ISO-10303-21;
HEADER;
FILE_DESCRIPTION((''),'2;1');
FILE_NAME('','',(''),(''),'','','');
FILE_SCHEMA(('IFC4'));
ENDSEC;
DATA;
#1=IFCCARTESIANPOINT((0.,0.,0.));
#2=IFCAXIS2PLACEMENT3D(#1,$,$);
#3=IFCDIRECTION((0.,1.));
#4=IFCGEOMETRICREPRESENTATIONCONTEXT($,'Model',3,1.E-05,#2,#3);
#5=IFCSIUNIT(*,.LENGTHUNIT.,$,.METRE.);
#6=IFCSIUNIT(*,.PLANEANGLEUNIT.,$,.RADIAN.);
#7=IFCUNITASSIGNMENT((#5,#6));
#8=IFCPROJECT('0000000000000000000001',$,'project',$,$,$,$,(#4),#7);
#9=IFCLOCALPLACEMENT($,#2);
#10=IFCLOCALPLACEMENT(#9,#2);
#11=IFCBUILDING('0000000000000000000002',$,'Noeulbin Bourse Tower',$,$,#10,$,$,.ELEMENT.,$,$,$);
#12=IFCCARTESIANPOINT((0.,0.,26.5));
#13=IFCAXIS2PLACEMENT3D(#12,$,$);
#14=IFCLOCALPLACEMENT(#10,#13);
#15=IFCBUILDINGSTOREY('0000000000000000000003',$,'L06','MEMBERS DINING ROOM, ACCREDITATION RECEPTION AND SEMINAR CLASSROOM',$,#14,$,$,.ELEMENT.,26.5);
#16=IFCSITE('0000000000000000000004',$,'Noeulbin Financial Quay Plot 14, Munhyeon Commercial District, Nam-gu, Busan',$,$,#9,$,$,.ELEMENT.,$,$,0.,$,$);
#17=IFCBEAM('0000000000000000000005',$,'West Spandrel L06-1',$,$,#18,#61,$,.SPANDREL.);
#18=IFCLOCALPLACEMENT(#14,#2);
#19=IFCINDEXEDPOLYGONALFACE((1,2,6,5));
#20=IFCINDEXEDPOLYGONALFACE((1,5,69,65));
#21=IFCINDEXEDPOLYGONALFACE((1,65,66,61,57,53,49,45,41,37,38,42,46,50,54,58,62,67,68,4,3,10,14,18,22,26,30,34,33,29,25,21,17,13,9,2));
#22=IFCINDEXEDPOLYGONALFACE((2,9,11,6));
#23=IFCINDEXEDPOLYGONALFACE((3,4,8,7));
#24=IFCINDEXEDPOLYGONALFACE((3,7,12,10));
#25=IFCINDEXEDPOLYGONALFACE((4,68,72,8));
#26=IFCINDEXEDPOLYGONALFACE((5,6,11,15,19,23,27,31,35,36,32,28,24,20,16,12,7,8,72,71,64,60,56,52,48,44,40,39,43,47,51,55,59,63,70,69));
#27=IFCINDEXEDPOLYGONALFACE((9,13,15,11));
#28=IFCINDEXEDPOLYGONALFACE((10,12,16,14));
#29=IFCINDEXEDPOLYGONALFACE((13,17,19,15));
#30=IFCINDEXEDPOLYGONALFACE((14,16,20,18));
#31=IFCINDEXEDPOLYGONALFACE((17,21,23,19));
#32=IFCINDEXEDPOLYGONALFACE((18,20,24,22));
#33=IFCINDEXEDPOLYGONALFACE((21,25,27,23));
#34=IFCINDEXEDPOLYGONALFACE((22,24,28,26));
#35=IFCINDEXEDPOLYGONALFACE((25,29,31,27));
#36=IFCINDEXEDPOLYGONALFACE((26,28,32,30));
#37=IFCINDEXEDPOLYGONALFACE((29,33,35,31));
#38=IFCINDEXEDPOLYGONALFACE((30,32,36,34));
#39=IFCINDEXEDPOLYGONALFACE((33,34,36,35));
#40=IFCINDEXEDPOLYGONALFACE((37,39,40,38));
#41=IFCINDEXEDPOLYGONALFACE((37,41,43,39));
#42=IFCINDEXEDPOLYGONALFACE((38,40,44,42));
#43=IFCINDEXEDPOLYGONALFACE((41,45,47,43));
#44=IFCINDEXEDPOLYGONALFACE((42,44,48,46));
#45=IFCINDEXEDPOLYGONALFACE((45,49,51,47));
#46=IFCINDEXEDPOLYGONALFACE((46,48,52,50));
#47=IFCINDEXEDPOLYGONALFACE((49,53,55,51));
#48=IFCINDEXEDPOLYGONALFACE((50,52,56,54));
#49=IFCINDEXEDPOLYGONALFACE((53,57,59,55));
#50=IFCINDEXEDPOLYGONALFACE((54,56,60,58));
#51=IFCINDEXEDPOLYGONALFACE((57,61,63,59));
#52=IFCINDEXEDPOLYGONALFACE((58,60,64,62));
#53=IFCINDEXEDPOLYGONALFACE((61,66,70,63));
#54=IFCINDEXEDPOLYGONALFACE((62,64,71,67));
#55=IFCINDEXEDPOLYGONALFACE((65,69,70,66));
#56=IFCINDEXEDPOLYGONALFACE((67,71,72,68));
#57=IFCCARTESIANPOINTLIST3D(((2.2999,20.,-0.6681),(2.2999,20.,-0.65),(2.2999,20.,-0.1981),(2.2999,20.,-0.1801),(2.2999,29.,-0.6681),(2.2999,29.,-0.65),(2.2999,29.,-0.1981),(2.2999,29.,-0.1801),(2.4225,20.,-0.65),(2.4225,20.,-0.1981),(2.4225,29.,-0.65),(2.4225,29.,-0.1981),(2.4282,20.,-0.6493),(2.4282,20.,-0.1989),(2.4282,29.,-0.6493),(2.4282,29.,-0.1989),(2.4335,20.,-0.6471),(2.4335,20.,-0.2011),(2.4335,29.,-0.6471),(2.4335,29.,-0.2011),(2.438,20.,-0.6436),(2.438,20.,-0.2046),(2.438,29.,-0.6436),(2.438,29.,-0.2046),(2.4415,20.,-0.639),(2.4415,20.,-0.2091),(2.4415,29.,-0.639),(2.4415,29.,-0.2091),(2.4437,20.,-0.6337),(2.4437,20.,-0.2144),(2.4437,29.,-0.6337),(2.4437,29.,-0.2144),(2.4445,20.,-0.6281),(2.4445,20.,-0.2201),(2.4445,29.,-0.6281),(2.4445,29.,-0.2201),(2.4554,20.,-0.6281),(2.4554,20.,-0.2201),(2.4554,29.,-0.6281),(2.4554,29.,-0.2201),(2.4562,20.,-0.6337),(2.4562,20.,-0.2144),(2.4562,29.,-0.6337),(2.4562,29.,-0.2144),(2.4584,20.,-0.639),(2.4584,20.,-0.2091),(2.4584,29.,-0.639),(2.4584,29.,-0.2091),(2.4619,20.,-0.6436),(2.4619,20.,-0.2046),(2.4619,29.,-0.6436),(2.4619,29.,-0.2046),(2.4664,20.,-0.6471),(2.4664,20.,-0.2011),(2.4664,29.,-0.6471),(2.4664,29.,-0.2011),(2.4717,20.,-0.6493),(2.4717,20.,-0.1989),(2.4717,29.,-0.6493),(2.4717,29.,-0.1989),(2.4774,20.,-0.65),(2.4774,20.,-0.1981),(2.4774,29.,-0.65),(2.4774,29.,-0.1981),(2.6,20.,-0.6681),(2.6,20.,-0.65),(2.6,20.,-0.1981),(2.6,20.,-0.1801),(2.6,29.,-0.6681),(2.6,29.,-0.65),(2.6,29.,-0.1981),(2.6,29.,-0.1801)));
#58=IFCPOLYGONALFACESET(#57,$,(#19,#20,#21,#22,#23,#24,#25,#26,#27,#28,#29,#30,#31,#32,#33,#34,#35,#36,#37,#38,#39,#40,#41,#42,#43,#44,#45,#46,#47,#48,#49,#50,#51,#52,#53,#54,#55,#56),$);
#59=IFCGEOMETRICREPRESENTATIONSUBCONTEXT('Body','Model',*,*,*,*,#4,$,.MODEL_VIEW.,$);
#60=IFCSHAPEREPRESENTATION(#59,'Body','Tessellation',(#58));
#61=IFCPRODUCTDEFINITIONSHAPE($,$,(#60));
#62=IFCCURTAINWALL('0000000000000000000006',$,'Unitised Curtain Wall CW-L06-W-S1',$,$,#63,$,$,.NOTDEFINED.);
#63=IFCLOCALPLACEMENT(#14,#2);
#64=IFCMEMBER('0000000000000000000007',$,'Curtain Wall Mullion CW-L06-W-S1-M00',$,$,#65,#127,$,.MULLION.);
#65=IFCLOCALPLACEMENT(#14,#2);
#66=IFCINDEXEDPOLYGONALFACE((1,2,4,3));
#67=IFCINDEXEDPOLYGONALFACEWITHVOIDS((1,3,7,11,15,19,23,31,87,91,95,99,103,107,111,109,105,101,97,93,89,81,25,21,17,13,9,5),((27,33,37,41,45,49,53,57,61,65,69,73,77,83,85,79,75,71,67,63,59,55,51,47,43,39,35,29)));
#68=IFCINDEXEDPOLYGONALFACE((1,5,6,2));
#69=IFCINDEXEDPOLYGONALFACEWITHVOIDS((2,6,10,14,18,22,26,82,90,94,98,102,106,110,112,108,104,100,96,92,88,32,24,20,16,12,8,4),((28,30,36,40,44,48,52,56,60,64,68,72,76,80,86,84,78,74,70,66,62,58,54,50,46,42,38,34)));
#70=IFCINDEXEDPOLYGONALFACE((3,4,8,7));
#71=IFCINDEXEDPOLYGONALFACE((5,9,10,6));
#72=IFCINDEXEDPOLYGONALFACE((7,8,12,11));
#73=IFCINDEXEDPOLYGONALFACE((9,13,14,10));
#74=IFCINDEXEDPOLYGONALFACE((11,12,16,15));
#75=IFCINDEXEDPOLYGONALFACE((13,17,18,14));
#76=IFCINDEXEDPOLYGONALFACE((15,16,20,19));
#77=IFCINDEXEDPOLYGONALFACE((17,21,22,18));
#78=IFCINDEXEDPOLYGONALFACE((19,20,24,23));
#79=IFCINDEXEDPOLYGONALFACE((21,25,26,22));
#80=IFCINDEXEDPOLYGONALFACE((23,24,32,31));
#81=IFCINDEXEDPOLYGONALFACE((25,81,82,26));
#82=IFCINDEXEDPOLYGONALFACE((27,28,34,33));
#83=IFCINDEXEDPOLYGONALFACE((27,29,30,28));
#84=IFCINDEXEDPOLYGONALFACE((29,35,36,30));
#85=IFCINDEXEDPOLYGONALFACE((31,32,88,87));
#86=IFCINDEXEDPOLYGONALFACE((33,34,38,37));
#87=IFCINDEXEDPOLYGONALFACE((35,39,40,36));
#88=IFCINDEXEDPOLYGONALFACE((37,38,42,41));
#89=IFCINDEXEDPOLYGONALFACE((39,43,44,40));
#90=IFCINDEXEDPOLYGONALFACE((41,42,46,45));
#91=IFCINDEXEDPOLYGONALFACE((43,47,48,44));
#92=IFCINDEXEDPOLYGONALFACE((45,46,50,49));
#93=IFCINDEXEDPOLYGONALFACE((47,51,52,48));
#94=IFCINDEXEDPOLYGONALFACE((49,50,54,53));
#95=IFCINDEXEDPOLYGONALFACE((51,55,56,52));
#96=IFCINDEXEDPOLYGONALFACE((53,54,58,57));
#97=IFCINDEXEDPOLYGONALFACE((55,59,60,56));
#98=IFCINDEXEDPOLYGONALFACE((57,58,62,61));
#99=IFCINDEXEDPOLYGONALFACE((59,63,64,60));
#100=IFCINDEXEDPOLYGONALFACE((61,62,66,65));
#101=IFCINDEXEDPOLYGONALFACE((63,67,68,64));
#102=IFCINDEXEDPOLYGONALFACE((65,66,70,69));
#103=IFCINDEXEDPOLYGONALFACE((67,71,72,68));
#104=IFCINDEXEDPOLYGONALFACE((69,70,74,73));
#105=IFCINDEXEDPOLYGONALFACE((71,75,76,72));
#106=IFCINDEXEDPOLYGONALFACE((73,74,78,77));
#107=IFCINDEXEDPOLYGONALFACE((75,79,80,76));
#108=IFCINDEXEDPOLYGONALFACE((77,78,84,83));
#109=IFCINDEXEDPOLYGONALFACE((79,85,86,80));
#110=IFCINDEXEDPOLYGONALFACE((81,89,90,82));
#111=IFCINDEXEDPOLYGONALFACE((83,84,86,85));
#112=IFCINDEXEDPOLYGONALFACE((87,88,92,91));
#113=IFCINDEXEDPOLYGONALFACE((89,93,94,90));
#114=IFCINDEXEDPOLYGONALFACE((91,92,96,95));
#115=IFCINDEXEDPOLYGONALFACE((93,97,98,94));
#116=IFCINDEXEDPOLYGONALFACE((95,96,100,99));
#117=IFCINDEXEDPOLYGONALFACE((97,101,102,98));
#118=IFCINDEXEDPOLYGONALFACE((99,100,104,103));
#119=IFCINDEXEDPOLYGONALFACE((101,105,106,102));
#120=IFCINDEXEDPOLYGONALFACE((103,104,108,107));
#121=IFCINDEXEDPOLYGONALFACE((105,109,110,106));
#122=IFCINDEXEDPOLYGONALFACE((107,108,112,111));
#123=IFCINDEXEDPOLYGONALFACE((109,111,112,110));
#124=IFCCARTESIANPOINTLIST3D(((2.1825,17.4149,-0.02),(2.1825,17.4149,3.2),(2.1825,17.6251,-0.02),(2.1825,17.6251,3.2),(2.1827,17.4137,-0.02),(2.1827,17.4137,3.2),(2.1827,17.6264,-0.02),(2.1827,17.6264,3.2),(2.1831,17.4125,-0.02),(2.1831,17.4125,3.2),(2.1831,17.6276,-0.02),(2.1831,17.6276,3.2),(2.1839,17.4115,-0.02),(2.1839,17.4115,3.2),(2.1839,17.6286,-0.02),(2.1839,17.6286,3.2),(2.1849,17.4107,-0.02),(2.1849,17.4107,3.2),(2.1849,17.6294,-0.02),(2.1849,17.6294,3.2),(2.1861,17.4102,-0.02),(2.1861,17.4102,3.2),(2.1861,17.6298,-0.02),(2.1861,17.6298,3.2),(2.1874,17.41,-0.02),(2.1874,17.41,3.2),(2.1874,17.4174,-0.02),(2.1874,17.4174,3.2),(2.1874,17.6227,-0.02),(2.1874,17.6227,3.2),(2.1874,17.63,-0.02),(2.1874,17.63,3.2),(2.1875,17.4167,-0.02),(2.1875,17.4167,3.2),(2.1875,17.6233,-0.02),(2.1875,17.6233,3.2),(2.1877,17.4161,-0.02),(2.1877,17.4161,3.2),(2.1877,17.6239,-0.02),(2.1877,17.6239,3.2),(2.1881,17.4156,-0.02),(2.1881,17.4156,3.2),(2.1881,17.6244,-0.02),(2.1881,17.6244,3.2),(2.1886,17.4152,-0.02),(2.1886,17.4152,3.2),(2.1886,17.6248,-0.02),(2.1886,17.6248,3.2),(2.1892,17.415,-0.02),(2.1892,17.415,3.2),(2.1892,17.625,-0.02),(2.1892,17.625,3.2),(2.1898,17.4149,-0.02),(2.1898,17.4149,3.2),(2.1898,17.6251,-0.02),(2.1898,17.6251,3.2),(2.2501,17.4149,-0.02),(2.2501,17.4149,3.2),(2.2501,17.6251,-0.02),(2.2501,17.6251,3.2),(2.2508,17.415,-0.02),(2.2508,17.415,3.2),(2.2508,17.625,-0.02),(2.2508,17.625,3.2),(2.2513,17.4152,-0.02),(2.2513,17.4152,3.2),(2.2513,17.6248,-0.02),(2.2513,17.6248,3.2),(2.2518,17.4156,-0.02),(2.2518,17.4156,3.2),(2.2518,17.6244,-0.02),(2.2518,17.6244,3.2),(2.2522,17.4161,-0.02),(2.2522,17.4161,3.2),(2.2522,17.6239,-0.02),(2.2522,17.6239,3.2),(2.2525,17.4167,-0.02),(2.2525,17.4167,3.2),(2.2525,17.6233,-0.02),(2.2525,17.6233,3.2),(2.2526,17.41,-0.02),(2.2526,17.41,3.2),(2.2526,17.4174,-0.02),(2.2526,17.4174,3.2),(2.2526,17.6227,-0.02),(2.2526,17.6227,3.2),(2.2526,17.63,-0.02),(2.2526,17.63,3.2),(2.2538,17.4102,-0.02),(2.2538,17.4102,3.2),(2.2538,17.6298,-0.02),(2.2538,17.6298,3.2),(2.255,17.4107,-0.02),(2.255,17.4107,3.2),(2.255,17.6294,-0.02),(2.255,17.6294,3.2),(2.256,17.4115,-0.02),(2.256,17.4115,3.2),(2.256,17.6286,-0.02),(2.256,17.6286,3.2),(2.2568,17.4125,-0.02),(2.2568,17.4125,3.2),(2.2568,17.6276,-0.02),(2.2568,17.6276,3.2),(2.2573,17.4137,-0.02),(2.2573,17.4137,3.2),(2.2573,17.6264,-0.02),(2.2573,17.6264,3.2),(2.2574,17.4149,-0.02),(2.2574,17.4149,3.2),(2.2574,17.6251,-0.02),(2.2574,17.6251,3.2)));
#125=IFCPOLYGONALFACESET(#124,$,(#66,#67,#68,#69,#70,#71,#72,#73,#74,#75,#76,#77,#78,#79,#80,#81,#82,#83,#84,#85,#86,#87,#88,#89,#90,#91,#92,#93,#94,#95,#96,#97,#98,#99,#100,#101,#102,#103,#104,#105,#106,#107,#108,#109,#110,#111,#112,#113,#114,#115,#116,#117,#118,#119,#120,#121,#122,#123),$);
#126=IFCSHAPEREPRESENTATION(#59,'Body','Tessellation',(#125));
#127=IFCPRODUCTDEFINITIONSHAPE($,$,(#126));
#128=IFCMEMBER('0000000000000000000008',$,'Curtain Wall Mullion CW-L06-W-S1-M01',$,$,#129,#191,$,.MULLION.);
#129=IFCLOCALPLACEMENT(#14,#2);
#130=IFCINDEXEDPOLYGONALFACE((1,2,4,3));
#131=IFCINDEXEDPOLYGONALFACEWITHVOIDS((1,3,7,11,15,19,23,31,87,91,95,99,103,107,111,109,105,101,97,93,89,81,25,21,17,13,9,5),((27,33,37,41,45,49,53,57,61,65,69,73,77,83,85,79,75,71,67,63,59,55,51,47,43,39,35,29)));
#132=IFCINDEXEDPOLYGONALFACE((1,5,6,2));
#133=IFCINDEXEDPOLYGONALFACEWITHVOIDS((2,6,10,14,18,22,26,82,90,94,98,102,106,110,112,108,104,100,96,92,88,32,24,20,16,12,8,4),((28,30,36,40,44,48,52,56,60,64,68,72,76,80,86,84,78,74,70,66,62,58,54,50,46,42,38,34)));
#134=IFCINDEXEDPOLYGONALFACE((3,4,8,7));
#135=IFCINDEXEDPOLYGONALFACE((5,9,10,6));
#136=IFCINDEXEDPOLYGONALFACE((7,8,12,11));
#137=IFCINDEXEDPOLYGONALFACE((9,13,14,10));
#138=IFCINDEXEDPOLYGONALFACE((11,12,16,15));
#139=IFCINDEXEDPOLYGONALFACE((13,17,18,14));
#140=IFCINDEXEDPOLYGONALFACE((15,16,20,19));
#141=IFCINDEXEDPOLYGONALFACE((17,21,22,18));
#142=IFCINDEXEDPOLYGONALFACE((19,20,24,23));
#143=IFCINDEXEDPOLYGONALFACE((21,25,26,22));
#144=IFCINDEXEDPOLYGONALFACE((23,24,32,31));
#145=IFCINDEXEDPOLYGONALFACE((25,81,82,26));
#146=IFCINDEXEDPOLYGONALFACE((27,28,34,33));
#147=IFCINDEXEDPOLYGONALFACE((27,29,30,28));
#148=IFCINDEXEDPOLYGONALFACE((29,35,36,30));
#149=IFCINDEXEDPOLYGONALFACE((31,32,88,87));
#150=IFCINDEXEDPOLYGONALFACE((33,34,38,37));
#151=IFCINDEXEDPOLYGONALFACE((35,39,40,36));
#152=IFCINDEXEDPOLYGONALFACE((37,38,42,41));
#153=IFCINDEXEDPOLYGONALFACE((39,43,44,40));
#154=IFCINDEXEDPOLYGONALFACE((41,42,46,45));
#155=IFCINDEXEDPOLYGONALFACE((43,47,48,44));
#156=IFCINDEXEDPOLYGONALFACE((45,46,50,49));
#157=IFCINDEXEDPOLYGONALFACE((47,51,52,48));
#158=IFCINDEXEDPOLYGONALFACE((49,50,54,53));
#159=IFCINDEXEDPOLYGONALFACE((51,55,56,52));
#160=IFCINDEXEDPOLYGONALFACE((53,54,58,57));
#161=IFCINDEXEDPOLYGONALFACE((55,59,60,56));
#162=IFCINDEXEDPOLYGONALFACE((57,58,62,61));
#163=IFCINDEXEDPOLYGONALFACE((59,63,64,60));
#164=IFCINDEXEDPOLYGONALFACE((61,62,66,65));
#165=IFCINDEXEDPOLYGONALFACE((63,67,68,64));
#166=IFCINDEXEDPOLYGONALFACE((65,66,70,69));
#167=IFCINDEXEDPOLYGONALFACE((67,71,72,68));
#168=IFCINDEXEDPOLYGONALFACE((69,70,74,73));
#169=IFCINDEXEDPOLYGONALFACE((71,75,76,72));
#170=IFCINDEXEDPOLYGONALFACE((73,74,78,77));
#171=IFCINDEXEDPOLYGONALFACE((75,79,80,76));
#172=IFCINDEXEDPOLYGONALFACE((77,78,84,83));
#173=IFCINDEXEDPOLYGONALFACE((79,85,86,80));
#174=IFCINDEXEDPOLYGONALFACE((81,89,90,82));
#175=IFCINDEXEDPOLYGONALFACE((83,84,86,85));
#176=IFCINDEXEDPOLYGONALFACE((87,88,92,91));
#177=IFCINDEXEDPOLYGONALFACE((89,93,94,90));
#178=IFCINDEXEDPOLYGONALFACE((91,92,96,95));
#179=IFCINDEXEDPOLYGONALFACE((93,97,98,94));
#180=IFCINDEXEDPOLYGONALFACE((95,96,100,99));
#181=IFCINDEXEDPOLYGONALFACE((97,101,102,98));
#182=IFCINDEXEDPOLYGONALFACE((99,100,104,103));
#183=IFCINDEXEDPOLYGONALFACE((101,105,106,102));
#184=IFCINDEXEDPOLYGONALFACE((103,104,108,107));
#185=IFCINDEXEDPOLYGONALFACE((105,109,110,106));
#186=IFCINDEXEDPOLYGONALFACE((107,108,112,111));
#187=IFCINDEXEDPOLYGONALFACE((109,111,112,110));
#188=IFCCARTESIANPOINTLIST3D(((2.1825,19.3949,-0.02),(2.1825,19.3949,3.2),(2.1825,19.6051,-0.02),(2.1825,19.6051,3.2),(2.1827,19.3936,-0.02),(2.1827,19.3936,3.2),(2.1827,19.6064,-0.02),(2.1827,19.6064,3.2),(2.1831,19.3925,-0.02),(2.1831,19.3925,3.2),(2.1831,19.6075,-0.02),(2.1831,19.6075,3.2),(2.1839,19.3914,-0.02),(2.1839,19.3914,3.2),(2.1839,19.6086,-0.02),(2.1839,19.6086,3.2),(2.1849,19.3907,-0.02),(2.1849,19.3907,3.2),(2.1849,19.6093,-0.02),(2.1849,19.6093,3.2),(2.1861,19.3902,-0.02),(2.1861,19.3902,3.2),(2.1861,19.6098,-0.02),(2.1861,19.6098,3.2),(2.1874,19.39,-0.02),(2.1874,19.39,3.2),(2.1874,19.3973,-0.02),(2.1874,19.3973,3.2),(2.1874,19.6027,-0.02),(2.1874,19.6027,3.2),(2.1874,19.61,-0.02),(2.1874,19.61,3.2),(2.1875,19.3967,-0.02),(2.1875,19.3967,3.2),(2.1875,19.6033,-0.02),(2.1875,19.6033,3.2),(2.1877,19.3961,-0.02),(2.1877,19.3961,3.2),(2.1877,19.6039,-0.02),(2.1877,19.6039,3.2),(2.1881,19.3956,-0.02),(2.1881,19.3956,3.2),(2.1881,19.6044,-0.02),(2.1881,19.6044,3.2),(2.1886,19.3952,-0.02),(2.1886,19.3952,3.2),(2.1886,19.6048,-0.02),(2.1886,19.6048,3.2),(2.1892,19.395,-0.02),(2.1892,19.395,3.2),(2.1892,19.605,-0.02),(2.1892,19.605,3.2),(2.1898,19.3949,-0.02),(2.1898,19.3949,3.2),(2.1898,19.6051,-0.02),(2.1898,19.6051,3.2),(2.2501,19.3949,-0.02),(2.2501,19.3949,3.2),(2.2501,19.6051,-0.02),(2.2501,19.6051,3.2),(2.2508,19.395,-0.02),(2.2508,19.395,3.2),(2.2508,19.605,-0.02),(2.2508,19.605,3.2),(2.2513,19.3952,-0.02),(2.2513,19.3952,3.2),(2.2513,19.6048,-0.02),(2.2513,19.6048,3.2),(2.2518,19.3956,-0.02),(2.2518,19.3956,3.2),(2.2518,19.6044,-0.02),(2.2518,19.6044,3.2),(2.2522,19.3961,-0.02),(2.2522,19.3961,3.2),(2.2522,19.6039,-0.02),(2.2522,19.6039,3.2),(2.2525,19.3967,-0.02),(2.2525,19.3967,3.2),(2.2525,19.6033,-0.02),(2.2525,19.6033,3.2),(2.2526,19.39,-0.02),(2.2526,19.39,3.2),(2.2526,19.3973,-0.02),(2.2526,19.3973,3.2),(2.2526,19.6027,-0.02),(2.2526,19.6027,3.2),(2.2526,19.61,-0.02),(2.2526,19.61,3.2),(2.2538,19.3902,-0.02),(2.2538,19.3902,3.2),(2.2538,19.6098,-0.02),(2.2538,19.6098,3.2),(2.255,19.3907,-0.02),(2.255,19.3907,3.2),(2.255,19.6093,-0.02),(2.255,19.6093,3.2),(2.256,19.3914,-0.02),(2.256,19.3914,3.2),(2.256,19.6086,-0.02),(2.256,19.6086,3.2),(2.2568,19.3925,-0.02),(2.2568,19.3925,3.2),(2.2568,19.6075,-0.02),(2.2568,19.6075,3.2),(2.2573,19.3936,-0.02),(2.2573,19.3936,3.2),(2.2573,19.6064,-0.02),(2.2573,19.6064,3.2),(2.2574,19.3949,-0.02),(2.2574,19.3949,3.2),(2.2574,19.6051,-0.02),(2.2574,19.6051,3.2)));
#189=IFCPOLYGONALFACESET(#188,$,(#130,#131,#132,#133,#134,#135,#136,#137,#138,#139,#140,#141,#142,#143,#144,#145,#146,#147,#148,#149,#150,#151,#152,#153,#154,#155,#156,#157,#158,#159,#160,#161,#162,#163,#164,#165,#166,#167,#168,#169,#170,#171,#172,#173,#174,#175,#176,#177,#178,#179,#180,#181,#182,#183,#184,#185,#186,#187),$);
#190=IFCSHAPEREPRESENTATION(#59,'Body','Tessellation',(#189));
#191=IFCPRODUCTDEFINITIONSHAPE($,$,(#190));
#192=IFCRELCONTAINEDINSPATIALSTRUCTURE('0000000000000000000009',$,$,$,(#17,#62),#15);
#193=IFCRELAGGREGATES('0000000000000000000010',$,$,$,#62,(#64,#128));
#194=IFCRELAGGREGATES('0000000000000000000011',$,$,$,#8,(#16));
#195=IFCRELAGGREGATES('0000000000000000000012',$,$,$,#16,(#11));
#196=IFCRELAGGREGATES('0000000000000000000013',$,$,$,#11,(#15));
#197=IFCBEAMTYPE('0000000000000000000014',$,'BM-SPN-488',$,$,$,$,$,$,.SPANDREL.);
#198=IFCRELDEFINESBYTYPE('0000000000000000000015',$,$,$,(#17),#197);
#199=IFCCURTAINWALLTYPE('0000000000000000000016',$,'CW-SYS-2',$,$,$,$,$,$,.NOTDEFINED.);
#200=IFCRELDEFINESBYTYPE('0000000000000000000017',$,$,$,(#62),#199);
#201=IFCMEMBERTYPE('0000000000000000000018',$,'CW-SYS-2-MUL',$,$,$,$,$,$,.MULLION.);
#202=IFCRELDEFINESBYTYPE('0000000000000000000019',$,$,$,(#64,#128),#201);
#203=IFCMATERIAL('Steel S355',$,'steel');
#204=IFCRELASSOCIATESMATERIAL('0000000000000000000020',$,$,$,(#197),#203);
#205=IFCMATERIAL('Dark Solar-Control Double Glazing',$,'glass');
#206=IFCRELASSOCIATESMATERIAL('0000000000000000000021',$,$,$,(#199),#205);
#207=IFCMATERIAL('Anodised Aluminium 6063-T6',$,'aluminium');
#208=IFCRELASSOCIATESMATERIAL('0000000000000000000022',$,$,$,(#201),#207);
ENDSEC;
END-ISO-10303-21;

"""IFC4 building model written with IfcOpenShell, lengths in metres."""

from ifc_helpers import new_model, si_unit, direction, frame, origin, origin_2d, place, context, subcontext, project, spatial, hollow_rectangle, i_section, extrude, material, material_profile, profile_set, type_object, element, aggregate, save


model = new_model("IFC4")

# Units and contexts
model_context = context("Model", 3, precision=1e-05, world=origin(), true_north=direction((0.0, 1.0)))
body_context = subcontext(model_context, "Body", "Model", "MODEL_VIEW")
ifc_project = project(units=[si_unit("LENGTHUNIT", "METRE"), si_unit("PLANEANGLEUNIT", "RADIAN")], contexts=[model_context])

# Site, building, storey
site_placement = place(None, origin())
site = spatial("IfcSite", under=ifc_project, at=site_placement, Name="Noeulbin Financial Quay Plot 14, Munhyeon Commercial District, Nam-gu, Busan", CompositionType="ELEMENT", RefElevation=0.0)
building_placement = place(site_placement, origin())
building = spatial("IfcBuilding", under=site, at=building_placement, Name="Noeulbin Bourse Tower", CompositionType="ELEMENT")
storey_placement = place(building_placement, frame((0.0, 0.0, 26.5)))
storey = spatial("IfcBuildingStorey", under=building, at=storey_placement, Name="L06", Description="MEMBERS DINING ROOM, ACCREDITATION RECEPTION AND SEMINAR CLASSROOM", CompositionType="ELEMENT", Elevation=26.5)

# Beam
ifc_material_1 = material(Name="Steel S355", Category="steel")
ifc_material_profile_1 = material_profile(ifc_material_1, i_section(OverallWidth=0.3, OverallDepth=0.488, WebThickness=0.011, FlangeThickness=0.0181, FilletRadius=0.022, at=origin_2d()), Name="H-488x300x11x18", Category="LoadBearing")
ifc_profile_set_1 = profile_set([ifc_material_profile_1], Name="Steel S355")
beam_type_1 = type_object("IfcBeamType", Name="BM-SPN-488", PredefinedType="SPANDREL", material=ifc_profile_set_1)
beam_1_placement = place(storey_placement, frame((2.45, 20.0, -0.4241), z_axis=(0.0, 1.0, 0.0), x_axis=(-1.0, 0.0, 0.0)))
element("IfcBeam", 1, at=beam_1_placement, inside=storey, type_object=beam_type_1, Name="West Spandrel L06-1", PredefinedType="SPANDREL", context=body_context, shape_type="SweptSolid", body=[
    extrude(i_section(OverallWidth=0.3, OverallDepth=0.488, WebThickness=0.011, FlangeThickness=0.0181, FilletRadius=0.022, at=origin_2d()), origin(), (0.0, 0.0, 1.0), 9.0),
])

# Curtain wall, members
ifc_material_2 = material(Name="Dark Solar-Control Double Glazing", Category="glass")
curtain_wall_type = type_object("IfcCurtainWallType", Name="CW-SYS-2", PredefinedType="NOTDEFINED", material=ifc_material_2)
curtain_wall_1_placement = place(storey_placement, origin())
curtain_wall_1 = element("IfcCurtainWall", 2, at=curtain_wall_1_placement, inside=storey, type_object=curtain_wall_type, Name="Unitised Curtain Wall CW-L06-W-S1", PredefinedType="NOTDEFINED")
ifc_material_3 = material(Name="Anodised Aluminium 6063-T6", Category="aluminium")
ifc_material_profile_2 = material_profile(ifc_material_3, hollow_rectangle(XDim=0.075, YDim=0.22, WallThickness=0.0049, InnerFilletRadius=0.0024, OuterFilletRadius=0.0049, at=origin_2d()), Name="ALU-MULL-75x220x5", Category="LoadBearing")
ifc_profile_set_2 = profile_set([ifc_material_profile_2], Name="Anodised Aluminium 6063-T6")
member_type_1 = type_object("IfcMemberType", Name="CW-SYS-2-MUL", PredefinedType="MULLION", material=ifc_profile_set_2)
member_1_placement = place(storey_placement, frame((2.22, 17.52, -0.02), z_axis=(0.0, 0.0, 1.0), x_axis=(1.0, 0.0, 0.0)))
member_1 = element("IfcMember", 3, at=member_1_placement, type_object=member_type_1, Name="Curtain Wall Mullion CW-L06-W-S1-M00", PredefinedType="MULLION", context=body_context, shape_type="SweptSolid", body=[
    extrude(hollow_rectangle(XDim=0.075, YDim=0.22, WallThickness=0.0049, InnerFilletRadius=0.0024, OuterFilletRadius=0.0049, at=origin_2d()), origin(), (0.0, 0.0, 1.0), 3.22),
])
member_2_placement = place(storey_placement, frame((2.22, 19.5, -0.02), z_axis=(0.0, 0.0, 1.0), x_axis=(1.0, 0.0, 0.0)))
member_2 = element("IfcMember", 4, at=member_2_placement, type_object=member_type_1, Name="Curtain Wall Mullion CW-L06-W-S1-M01", PredefinedType="MULLION", context=body_context, shape_type="SweptSolid", body=[
    extrude(hollow_rectangle(XDim=0.075, YDim=0.22, WallThickness=0.0049, InnerFilletRadius=0.0024, OuterFilletRadius=0.0049, at=origin_2d()), origin(), (0.0, 0.0, 1.0), 3.22),
])

aggregate(curtain_wall_1, [member_1, member_2])

save(model, "model.ifc")
